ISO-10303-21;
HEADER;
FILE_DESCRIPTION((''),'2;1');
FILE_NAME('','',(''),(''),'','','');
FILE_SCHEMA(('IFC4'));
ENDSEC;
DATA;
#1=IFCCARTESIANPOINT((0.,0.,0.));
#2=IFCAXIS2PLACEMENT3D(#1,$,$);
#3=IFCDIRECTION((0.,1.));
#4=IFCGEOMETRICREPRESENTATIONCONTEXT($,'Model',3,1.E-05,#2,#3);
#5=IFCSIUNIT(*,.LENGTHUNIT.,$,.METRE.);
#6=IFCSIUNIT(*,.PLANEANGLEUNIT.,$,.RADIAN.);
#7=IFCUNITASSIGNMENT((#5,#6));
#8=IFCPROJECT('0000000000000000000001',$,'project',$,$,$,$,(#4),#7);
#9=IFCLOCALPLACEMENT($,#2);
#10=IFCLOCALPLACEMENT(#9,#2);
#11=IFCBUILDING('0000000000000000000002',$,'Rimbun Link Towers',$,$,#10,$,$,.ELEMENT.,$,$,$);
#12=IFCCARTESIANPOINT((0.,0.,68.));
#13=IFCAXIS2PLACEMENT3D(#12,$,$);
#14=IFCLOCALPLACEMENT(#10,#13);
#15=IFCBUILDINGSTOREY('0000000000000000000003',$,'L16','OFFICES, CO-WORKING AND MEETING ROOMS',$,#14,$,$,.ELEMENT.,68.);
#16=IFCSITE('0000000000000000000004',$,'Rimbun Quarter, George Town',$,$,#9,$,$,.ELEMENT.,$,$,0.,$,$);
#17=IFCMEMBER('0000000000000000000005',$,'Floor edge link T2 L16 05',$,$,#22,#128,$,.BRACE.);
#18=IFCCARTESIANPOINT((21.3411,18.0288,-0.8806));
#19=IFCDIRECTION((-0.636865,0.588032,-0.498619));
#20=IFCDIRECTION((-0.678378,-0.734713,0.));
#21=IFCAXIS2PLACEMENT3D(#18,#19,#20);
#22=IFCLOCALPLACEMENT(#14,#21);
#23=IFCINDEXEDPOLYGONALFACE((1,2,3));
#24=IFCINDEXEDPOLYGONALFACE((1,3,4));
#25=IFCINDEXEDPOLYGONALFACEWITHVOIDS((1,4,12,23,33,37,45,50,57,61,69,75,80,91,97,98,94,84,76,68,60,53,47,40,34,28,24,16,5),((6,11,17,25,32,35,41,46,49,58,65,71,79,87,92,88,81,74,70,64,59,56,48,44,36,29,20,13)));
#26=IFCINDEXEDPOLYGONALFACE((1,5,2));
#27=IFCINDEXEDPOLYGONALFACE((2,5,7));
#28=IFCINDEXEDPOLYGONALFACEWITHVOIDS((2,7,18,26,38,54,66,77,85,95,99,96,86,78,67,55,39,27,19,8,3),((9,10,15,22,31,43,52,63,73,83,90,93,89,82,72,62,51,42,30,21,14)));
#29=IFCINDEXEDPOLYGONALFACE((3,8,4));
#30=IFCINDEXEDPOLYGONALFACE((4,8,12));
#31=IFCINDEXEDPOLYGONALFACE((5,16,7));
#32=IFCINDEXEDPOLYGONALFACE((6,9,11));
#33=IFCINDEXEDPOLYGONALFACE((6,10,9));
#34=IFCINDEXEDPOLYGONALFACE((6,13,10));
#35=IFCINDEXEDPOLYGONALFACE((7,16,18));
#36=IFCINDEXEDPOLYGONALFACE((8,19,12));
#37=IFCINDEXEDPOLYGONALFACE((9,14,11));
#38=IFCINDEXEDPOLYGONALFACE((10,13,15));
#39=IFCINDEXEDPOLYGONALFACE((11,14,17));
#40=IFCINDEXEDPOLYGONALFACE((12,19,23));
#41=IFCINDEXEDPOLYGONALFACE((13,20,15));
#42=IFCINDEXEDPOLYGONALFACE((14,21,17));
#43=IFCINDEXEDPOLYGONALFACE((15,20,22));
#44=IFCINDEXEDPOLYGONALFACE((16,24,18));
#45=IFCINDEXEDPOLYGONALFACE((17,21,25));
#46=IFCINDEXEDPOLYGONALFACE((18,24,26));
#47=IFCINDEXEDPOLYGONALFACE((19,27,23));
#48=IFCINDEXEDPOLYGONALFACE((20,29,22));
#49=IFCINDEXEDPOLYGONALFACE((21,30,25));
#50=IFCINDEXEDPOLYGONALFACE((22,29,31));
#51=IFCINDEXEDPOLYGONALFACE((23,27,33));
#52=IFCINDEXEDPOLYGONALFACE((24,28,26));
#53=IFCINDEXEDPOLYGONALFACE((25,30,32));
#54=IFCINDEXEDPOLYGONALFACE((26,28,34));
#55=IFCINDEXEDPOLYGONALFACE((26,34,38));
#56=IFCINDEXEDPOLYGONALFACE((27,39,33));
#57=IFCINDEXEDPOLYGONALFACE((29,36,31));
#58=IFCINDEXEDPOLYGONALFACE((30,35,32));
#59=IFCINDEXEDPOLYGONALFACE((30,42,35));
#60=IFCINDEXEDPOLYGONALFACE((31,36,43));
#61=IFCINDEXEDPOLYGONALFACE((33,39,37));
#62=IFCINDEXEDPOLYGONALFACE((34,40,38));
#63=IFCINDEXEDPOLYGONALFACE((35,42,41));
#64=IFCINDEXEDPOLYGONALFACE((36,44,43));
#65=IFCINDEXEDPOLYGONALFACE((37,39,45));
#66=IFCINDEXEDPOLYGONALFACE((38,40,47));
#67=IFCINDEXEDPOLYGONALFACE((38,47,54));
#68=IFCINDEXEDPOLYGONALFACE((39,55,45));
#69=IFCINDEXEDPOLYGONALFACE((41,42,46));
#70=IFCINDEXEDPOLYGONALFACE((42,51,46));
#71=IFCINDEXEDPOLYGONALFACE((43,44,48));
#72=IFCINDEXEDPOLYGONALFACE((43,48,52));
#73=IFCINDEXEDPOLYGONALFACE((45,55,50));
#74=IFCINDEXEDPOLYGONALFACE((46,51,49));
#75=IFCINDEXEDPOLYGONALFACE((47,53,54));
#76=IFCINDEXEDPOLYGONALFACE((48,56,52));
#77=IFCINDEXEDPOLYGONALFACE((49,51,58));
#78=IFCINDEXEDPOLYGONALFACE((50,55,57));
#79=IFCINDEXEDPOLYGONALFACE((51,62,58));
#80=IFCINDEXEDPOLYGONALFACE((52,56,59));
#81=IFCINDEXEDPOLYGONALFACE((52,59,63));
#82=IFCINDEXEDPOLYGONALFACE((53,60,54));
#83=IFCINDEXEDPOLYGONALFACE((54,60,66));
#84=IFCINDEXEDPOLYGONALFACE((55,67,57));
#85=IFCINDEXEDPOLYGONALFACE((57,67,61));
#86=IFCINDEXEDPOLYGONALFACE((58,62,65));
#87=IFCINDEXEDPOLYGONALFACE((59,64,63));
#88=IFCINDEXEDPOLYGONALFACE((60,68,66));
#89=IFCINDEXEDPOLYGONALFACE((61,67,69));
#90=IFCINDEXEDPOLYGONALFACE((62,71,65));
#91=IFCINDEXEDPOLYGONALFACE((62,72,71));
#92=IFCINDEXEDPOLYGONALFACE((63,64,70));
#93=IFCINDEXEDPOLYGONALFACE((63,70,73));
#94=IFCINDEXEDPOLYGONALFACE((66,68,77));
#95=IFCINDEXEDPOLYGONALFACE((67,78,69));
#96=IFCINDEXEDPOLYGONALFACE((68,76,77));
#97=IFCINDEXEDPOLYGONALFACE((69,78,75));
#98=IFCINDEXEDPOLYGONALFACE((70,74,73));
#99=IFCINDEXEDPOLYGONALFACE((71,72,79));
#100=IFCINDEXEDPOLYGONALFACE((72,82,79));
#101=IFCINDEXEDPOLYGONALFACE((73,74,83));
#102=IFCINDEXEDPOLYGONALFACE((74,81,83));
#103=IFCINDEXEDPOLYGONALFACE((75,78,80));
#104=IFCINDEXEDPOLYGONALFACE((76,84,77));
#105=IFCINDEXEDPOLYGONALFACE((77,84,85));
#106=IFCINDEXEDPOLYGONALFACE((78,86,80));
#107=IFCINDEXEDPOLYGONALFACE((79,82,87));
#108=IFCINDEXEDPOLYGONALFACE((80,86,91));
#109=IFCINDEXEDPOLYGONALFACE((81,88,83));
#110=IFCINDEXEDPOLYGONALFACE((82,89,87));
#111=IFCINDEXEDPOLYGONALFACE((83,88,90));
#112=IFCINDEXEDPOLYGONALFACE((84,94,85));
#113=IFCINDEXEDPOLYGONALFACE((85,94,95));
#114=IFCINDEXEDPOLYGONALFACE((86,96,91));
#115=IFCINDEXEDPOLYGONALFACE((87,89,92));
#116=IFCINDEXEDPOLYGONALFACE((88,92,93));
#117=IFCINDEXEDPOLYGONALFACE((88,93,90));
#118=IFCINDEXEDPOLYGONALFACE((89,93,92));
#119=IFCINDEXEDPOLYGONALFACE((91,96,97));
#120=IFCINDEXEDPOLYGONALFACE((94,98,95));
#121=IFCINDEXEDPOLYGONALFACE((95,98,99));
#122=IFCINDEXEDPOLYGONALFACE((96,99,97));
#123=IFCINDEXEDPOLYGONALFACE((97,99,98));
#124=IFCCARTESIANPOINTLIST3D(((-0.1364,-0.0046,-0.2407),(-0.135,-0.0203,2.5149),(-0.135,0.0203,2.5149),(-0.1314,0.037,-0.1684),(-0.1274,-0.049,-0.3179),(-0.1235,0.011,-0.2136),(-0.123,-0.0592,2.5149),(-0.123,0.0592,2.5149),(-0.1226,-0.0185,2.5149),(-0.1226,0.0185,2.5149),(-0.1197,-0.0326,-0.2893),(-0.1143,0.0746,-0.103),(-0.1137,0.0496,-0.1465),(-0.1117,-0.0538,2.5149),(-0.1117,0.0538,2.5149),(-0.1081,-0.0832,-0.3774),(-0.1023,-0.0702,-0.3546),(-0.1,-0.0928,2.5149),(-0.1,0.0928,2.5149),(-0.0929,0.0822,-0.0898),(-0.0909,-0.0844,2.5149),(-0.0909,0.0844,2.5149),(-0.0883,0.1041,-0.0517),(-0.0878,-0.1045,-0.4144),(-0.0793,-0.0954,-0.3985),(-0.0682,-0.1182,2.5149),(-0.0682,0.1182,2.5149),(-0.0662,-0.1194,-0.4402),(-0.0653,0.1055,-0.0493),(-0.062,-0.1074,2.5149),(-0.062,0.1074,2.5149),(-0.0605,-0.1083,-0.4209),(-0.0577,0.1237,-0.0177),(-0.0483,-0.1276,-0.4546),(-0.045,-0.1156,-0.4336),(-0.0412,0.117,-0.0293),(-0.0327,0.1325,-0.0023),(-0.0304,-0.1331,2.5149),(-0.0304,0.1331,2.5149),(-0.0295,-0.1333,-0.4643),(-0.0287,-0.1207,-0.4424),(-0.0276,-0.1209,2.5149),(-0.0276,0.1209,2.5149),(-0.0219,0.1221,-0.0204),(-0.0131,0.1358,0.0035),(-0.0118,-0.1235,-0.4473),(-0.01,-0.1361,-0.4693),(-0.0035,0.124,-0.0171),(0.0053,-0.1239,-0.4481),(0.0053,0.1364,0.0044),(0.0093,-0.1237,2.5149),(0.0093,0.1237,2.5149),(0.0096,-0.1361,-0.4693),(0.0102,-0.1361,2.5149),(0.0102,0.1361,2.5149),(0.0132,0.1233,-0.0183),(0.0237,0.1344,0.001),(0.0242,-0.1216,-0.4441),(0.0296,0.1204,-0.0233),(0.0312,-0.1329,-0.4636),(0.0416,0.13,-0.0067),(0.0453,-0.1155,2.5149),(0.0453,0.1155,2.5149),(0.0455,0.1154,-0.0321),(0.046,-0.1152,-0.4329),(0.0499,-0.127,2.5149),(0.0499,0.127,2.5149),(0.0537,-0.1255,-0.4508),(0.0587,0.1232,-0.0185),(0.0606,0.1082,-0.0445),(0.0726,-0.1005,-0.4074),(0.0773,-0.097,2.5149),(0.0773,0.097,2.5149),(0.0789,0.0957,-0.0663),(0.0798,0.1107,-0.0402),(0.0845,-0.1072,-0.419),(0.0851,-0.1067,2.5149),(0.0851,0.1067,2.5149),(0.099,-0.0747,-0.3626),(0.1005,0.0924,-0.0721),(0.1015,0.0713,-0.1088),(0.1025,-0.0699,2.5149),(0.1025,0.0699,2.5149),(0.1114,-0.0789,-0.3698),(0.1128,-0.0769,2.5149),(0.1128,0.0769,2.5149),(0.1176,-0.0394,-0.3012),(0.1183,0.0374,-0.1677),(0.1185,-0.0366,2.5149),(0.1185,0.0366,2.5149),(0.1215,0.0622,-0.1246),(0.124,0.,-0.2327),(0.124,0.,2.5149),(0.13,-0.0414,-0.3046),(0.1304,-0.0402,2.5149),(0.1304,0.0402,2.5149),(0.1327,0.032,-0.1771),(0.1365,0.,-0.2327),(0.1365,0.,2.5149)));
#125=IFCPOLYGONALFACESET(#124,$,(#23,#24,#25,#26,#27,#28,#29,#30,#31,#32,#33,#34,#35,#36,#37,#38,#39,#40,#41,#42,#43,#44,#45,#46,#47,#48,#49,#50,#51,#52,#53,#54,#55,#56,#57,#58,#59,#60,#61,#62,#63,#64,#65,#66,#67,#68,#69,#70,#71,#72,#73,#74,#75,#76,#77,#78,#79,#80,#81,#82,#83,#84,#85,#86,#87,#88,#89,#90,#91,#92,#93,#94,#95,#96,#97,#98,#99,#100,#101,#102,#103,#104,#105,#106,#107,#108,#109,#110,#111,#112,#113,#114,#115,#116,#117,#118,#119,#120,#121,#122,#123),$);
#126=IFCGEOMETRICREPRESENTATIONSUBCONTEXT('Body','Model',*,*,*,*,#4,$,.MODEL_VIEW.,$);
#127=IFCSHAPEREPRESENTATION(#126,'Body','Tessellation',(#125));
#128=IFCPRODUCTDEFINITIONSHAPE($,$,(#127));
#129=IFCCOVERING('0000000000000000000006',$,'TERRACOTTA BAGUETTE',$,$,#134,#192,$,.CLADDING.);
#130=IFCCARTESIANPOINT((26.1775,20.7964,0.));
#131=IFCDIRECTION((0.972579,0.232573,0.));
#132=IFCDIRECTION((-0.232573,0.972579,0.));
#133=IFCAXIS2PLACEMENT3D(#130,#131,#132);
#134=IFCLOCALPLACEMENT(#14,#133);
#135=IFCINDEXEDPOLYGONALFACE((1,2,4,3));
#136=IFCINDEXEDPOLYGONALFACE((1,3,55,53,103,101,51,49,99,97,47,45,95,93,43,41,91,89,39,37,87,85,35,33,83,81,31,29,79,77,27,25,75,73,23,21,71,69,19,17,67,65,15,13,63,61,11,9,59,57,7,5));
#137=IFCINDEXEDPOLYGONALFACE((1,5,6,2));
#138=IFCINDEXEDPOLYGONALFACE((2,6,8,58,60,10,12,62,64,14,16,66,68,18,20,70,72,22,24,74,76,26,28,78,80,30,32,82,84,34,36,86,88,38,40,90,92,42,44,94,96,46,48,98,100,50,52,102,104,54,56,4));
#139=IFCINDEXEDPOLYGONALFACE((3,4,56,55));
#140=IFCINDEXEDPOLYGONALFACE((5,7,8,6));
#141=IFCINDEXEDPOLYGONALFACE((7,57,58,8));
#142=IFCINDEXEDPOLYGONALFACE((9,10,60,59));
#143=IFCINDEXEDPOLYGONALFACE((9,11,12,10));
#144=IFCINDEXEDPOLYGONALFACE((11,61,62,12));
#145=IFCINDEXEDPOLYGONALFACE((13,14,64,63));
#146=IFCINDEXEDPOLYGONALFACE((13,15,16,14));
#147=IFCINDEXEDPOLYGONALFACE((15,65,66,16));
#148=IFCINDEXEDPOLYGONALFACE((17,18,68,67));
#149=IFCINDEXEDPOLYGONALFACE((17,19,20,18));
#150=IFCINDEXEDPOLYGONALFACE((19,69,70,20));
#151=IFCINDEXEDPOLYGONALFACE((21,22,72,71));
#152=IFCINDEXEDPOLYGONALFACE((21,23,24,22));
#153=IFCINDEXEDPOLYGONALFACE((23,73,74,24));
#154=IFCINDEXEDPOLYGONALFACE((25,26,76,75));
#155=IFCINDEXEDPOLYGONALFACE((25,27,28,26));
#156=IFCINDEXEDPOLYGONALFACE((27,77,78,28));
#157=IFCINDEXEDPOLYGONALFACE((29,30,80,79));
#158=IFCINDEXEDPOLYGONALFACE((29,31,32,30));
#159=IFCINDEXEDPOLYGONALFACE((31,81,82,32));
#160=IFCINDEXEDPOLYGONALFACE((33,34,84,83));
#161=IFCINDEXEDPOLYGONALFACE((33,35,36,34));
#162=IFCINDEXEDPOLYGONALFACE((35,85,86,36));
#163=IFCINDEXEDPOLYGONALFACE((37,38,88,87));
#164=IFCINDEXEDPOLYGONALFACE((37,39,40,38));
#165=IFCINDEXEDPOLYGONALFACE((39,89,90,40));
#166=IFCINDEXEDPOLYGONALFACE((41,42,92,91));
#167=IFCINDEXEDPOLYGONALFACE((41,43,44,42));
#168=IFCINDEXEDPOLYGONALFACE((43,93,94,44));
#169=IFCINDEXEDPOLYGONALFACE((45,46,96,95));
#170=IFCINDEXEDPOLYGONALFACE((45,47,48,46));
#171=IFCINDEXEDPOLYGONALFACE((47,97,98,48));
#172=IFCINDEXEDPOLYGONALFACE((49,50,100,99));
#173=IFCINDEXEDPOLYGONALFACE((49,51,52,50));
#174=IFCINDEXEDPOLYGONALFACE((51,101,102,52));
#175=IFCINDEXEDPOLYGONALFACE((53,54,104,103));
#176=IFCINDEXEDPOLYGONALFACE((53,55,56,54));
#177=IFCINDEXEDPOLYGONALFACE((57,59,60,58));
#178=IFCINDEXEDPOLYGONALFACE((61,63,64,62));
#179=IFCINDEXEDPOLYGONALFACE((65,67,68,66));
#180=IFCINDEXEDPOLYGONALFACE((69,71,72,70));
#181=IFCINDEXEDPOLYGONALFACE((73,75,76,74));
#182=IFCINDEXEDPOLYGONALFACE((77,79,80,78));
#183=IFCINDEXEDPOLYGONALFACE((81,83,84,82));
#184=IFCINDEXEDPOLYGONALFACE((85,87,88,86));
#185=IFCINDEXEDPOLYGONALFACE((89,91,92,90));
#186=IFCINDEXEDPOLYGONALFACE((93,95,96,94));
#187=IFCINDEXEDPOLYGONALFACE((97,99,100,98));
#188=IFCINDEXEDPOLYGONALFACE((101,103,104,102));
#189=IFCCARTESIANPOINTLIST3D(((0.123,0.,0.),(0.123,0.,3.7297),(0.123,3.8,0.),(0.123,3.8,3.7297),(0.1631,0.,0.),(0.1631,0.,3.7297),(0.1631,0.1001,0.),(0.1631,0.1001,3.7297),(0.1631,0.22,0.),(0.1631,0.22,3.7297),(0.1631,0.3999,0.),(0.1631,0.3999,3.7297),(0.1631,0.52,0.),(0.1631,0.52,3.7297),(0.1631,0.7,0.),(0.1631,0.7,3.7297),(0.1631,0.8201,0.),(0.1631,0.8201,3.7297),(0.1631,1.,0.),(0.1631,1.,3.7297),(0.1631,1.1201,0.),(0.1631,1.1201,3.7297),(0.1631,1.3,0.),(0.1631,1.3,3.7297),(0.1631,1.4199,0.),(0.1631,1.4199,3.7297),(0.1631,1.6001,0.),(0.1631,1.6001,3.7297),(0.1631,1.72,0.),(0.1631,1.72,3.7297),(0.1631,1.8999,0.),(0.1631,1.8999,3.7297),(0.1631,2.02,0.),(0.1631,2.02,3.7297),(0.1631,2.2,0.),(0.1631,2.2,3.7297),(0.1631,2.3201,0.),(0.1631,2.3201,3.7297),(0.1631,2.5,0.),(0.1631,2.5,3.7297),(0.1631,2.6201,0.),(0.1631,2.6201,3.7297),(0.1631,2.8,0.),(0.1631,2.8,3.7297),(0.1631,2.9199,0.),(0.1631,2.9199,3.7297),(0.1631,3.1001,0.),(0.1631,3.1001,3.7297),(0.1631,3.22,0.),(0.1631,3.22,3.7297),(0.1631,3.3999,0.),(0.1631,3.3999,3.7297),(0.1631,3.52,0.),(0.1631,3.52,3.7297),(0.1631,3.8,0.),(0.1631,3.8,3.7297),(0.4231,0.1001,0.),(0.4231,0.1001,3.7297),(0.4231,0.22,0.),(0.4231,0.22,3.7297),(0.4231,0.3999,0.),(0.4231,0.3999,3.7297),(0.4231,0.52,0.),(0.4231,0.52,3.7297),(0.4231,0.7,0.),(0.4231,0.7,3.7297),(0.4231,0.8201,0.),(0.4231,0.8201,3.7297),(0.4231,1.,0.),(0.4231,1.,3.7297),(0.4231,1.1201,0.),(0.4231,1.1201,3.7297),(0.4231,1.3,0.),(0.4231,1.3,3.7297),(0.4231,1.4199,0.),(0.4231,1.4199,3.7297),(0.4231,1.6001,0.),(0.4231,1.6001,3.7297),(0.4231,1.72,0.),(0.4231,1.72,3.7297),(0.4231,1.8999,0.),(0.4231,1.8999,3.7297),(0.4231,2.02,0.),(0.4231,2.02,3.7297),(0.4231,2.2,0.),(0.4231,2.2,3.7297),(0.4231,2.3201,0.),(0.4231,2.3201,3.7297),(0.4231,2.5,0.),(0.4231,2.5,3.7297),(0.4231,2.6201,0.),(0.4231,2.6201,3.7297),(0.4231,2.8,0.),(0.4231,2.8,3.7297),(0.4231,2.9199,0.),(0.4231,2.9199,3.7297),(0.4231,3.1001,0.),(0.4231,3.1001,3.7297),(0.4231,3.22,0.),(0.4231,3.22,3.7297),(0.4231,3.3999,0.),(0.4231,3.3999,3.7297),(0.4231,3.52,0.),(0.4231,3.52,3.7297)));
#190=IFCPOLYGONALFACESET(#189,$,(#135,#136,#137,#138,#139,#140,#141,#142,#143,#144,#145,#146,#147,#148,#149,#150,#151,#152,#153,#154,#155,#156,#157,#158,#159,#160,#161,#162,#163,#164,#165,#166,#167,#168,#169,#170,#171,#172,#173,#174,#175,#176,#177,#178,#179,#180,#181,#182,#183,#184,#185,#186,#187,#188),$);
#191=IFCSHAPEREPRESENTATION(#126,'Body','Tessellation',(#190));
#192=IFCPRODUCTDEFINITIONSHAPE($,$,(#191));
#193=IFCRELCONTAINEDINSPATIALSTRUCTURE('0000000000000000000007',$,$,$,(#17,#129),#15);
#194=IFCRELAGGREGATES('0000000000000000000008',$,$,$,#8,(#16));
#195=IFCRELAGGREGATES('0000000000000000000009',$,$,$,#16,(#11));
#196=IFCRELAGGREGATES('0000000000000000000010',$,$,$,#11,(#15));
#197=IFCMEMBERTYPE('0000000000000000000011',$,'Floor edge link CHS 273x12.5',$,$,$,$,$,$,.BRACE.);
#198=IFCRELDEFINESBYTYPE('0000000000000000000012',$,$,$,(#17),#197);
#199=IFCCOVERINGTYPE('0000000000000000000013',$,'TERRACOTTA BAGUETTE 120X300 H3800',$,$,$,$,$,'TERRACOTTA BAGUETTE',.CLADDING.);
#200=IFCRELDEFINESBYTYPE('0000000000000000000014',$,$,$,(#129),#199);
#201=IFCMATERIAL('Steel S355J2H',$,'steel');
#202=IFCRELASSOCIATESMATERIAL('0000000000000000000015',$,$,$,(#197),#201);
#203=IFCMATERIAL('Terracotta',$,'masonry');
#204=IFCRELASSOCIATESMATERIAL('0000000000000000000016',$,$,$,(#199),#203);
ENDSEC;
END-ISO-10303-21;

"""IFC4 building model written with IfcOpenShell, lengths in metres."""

from ifc_helpers import new_model, si_unit, direction, frame, origin, origin_2d, place, context, subcontext, project, spatial, polyline, hollow_circle, outline, extrude, clip, halfspace, material, material_profile, profile_set, type_object, element, save


model = new_model("IFC4")

# Units and contexts
model_context = context("Model", 3, precision=1e-05, world=origin(), true_north=direction((0.0, 1.0)))
body_context = subcontext(model_context, "Body", "Model", "MODEL_VIEW")
ifc_project = project(units=[si_unit("LENGTHUNIT", "METRE"), si_unit("PLANEANGLEUNIT", "RADIAN")], contexts=[model_context])

# Site, building, storey
site_placement = place(None, origin())
site = spatial("IfcSite", under=ifc_project, at=site_placement, Name="Rimbun Quarter, George Town", CompositionType="ELEMENT", RefElevation=0.0)
building_placement = place(site_placement, origin())
building = spatial("IfcBuilding", under=site, at=building_placement, Name="Rimbun Link Towers", CompositionType="ELEMENT")
storey_placement = place(building_placement, frame((0.0, 0.0, 68.0)))
storey = spatial("IfcBuildingStorey", under=building, at=storey_placement, Name="L16", Description="OFFICES, CO-WORKING AND MEETING ROOMS", CompositionType="ELEMENT", Elevation=68.0)

# Member
ifc_material_1 = material(Name="Steel S355J2H", Category="steel")
ifc_material_profile_1 = material_profile(ifc_material_1, hollow_circle(Radius=0.1365, WallThickness=0.0125, at=origin_2d()), Name="CHS 273x12.5")
ifc_profile_set_1 = profile_set([ifc_material_profile_1], Name="Steel S355J2H")
member_type_1 = type_object("IfcMemberType", Name="Floor edge link CHS 273x12.5", PredefinedType="BRACE", material=ifc_profile_set_1)
member_1_placement = place(storey_placement, frame((21.3411, 18.0288, -0.8806), z_axis=(-0.636865, 0.588032, -0.498619), x_axis=(-0.678378, -0.734713, 0.0)))
element("IfcMember", 1, at=member_1_placement, inside=storey, type_object=member_type_1, Name="Floor edge link T2 L16 05", PredefinedType="BRACE", context=body_context, shape_type="Clipping", body=[
    clip(extrude(hollow_circle(Radius=0.1365, WallThickness=0.0125, at=origin_2d()), frame((0.0, 0.0, -0.4946)), (0.0, 0.0, 1.0), 3.0095), halfspace(frame((0.0, 0.0, -0.2327), z_axis=(0.0, 0.866821, -0.498619)), False)),
])

# Covering
ifc_material_2 = material(Name="Terracotta", Category="masonry")
ifc_material_profile_2 = material_profile(ifc_material_2, outline(polyline([(0.123, 0.0), (0.1631, 0.0), (0.1631, 0.1001), (0.4231, 0.1001), (0.4231, 0.22), (0.1631, 0.22), (0.1631, 0.3999), (0.4231, 0.3999), (0.4231, 0.52), (0.1631, 0.52), (0.1631, 0.7), (0.4231, 0.7), (0.4231, 0.8201), (0.1631, 0.8201), (0.1631, 1.0), (0.4231, 1.0), (0.4231, 1.1201), (0.1631, 1.1201), (0.1631, 1.3), (0.4231, 1.3), (0.4231, 1.4199), (0.1631, 1.4199), (0.1631, 1.6001), (0.4231, 1.6001), (0.4231, 1.72), (0.1631, 1.72), (0.1631, 1.8999), (0.4231, 1.8999), (0.4231, 2.02), (0.1631, 2.02), (0.1631, 2.2), (0.4231, 2.2), (0.4231, 2.3201), (0.1631, 2.3201), (0.1631, 2.5), (0.4231, 2.5), (0.4231, 2.6201), (0.1631, 2.6201), (0.1631, 2.8), (0.4231, 2.8), (0.4231, 2.9199), (0.1631, 2.9199), (0.1631, 3.1001), (0.4231, 3.1001), (0.4231, 3.22), (0.1631, 3.22), (0.1631, 3.3999), (0.4231, 3.3999), (0.4231, 3.52), (0.1631, 3.52), (0.1631, 3.8), (0.123, 3.8), (0.123, 0.0)])), Name="BAGUETTE 120X300")
ifc_profile_set_2 = profile_set([ifc_material_profile_2], Name="Terracotta")
covering_type = type_object("IfcCoveringType", Name="TERRACOTTA BAGUETTE 120X300 H3800", ElementType="TERRACOTTA BAGUETTE", PredefinedType="CLADDING", material=ifc_profile_set_2)
covering_1_placement = place(storey_placement, frame((26.1775, 20.7964, 0.0), z_axis=(0.972579, 0.232573, 0.0), x_axis=(-0.232573, 0.972579, 0.0)))
element("IfcCovering", 2, at=covering_1_placement, inside=storey, type_object=covering_type, Name="TERRACOTTA BAGUETTE", PredefinedType="CLADDING", context=body_context, shape_type="SweptSolid", body=[
    extrude(outline(polyline([(0.123, 0.0), (0.1631, 0.0), (0.1631, 0.1001), (0.4231, 0.1001), (0.4231, 0.22), (0.1631, 0.22), (0.1631, 0.3999), (0.4231, 0.3999), (0.4231, 0.52), (0.1631, 0.52), (0.1631, 0.7), (0.4231, 0.7), (0.4231, 0.8201), (0.1631, 0.8201), (0.1631, 1.0), (0.4231, 1.0), (0.4231, 1.1201), (0.1631, 1.1201), (0.1631, 1.3), (0.4231, 1.3), (0.4231, 1.4199), (0.1631, 1.4199), (0.1631, 1.6001), (0.4231, 1.6001), (0.4231, 1.72), (0.1631, 1.72), (0.1631, 1.8999), (0.4231, 1.8999), (0.4231, 2.02), (0.1631, 2.02), (0.1631, 2.2), (0.4231, 2.2), (0.4231, 2.3201), (0.1631, 2.3201), (0.1631, 2.5), (0.4231, 2.5), (0.4231, 2.6201), (0.1631, 2.6201), (0.1631, 2.8), (0.4231, 2.8), (0.4231, 2.9199), (0.1631, 2.9199), (0.1631, 3.1001), (0.4231, 3.1001), (0.4231, 3.22), (0.1631, 3.22), (0.1631, 3.3999), (0.4231, 3.3999), (0.4231, 3.52), (0.1631, 3.52), (0.1631, 3.8), (0.123, 3.8), (0.123, 0.0)])), origin(), (0.0, 0.0, 1.0), 3.7297),
])

save(model, "model.ifc")
